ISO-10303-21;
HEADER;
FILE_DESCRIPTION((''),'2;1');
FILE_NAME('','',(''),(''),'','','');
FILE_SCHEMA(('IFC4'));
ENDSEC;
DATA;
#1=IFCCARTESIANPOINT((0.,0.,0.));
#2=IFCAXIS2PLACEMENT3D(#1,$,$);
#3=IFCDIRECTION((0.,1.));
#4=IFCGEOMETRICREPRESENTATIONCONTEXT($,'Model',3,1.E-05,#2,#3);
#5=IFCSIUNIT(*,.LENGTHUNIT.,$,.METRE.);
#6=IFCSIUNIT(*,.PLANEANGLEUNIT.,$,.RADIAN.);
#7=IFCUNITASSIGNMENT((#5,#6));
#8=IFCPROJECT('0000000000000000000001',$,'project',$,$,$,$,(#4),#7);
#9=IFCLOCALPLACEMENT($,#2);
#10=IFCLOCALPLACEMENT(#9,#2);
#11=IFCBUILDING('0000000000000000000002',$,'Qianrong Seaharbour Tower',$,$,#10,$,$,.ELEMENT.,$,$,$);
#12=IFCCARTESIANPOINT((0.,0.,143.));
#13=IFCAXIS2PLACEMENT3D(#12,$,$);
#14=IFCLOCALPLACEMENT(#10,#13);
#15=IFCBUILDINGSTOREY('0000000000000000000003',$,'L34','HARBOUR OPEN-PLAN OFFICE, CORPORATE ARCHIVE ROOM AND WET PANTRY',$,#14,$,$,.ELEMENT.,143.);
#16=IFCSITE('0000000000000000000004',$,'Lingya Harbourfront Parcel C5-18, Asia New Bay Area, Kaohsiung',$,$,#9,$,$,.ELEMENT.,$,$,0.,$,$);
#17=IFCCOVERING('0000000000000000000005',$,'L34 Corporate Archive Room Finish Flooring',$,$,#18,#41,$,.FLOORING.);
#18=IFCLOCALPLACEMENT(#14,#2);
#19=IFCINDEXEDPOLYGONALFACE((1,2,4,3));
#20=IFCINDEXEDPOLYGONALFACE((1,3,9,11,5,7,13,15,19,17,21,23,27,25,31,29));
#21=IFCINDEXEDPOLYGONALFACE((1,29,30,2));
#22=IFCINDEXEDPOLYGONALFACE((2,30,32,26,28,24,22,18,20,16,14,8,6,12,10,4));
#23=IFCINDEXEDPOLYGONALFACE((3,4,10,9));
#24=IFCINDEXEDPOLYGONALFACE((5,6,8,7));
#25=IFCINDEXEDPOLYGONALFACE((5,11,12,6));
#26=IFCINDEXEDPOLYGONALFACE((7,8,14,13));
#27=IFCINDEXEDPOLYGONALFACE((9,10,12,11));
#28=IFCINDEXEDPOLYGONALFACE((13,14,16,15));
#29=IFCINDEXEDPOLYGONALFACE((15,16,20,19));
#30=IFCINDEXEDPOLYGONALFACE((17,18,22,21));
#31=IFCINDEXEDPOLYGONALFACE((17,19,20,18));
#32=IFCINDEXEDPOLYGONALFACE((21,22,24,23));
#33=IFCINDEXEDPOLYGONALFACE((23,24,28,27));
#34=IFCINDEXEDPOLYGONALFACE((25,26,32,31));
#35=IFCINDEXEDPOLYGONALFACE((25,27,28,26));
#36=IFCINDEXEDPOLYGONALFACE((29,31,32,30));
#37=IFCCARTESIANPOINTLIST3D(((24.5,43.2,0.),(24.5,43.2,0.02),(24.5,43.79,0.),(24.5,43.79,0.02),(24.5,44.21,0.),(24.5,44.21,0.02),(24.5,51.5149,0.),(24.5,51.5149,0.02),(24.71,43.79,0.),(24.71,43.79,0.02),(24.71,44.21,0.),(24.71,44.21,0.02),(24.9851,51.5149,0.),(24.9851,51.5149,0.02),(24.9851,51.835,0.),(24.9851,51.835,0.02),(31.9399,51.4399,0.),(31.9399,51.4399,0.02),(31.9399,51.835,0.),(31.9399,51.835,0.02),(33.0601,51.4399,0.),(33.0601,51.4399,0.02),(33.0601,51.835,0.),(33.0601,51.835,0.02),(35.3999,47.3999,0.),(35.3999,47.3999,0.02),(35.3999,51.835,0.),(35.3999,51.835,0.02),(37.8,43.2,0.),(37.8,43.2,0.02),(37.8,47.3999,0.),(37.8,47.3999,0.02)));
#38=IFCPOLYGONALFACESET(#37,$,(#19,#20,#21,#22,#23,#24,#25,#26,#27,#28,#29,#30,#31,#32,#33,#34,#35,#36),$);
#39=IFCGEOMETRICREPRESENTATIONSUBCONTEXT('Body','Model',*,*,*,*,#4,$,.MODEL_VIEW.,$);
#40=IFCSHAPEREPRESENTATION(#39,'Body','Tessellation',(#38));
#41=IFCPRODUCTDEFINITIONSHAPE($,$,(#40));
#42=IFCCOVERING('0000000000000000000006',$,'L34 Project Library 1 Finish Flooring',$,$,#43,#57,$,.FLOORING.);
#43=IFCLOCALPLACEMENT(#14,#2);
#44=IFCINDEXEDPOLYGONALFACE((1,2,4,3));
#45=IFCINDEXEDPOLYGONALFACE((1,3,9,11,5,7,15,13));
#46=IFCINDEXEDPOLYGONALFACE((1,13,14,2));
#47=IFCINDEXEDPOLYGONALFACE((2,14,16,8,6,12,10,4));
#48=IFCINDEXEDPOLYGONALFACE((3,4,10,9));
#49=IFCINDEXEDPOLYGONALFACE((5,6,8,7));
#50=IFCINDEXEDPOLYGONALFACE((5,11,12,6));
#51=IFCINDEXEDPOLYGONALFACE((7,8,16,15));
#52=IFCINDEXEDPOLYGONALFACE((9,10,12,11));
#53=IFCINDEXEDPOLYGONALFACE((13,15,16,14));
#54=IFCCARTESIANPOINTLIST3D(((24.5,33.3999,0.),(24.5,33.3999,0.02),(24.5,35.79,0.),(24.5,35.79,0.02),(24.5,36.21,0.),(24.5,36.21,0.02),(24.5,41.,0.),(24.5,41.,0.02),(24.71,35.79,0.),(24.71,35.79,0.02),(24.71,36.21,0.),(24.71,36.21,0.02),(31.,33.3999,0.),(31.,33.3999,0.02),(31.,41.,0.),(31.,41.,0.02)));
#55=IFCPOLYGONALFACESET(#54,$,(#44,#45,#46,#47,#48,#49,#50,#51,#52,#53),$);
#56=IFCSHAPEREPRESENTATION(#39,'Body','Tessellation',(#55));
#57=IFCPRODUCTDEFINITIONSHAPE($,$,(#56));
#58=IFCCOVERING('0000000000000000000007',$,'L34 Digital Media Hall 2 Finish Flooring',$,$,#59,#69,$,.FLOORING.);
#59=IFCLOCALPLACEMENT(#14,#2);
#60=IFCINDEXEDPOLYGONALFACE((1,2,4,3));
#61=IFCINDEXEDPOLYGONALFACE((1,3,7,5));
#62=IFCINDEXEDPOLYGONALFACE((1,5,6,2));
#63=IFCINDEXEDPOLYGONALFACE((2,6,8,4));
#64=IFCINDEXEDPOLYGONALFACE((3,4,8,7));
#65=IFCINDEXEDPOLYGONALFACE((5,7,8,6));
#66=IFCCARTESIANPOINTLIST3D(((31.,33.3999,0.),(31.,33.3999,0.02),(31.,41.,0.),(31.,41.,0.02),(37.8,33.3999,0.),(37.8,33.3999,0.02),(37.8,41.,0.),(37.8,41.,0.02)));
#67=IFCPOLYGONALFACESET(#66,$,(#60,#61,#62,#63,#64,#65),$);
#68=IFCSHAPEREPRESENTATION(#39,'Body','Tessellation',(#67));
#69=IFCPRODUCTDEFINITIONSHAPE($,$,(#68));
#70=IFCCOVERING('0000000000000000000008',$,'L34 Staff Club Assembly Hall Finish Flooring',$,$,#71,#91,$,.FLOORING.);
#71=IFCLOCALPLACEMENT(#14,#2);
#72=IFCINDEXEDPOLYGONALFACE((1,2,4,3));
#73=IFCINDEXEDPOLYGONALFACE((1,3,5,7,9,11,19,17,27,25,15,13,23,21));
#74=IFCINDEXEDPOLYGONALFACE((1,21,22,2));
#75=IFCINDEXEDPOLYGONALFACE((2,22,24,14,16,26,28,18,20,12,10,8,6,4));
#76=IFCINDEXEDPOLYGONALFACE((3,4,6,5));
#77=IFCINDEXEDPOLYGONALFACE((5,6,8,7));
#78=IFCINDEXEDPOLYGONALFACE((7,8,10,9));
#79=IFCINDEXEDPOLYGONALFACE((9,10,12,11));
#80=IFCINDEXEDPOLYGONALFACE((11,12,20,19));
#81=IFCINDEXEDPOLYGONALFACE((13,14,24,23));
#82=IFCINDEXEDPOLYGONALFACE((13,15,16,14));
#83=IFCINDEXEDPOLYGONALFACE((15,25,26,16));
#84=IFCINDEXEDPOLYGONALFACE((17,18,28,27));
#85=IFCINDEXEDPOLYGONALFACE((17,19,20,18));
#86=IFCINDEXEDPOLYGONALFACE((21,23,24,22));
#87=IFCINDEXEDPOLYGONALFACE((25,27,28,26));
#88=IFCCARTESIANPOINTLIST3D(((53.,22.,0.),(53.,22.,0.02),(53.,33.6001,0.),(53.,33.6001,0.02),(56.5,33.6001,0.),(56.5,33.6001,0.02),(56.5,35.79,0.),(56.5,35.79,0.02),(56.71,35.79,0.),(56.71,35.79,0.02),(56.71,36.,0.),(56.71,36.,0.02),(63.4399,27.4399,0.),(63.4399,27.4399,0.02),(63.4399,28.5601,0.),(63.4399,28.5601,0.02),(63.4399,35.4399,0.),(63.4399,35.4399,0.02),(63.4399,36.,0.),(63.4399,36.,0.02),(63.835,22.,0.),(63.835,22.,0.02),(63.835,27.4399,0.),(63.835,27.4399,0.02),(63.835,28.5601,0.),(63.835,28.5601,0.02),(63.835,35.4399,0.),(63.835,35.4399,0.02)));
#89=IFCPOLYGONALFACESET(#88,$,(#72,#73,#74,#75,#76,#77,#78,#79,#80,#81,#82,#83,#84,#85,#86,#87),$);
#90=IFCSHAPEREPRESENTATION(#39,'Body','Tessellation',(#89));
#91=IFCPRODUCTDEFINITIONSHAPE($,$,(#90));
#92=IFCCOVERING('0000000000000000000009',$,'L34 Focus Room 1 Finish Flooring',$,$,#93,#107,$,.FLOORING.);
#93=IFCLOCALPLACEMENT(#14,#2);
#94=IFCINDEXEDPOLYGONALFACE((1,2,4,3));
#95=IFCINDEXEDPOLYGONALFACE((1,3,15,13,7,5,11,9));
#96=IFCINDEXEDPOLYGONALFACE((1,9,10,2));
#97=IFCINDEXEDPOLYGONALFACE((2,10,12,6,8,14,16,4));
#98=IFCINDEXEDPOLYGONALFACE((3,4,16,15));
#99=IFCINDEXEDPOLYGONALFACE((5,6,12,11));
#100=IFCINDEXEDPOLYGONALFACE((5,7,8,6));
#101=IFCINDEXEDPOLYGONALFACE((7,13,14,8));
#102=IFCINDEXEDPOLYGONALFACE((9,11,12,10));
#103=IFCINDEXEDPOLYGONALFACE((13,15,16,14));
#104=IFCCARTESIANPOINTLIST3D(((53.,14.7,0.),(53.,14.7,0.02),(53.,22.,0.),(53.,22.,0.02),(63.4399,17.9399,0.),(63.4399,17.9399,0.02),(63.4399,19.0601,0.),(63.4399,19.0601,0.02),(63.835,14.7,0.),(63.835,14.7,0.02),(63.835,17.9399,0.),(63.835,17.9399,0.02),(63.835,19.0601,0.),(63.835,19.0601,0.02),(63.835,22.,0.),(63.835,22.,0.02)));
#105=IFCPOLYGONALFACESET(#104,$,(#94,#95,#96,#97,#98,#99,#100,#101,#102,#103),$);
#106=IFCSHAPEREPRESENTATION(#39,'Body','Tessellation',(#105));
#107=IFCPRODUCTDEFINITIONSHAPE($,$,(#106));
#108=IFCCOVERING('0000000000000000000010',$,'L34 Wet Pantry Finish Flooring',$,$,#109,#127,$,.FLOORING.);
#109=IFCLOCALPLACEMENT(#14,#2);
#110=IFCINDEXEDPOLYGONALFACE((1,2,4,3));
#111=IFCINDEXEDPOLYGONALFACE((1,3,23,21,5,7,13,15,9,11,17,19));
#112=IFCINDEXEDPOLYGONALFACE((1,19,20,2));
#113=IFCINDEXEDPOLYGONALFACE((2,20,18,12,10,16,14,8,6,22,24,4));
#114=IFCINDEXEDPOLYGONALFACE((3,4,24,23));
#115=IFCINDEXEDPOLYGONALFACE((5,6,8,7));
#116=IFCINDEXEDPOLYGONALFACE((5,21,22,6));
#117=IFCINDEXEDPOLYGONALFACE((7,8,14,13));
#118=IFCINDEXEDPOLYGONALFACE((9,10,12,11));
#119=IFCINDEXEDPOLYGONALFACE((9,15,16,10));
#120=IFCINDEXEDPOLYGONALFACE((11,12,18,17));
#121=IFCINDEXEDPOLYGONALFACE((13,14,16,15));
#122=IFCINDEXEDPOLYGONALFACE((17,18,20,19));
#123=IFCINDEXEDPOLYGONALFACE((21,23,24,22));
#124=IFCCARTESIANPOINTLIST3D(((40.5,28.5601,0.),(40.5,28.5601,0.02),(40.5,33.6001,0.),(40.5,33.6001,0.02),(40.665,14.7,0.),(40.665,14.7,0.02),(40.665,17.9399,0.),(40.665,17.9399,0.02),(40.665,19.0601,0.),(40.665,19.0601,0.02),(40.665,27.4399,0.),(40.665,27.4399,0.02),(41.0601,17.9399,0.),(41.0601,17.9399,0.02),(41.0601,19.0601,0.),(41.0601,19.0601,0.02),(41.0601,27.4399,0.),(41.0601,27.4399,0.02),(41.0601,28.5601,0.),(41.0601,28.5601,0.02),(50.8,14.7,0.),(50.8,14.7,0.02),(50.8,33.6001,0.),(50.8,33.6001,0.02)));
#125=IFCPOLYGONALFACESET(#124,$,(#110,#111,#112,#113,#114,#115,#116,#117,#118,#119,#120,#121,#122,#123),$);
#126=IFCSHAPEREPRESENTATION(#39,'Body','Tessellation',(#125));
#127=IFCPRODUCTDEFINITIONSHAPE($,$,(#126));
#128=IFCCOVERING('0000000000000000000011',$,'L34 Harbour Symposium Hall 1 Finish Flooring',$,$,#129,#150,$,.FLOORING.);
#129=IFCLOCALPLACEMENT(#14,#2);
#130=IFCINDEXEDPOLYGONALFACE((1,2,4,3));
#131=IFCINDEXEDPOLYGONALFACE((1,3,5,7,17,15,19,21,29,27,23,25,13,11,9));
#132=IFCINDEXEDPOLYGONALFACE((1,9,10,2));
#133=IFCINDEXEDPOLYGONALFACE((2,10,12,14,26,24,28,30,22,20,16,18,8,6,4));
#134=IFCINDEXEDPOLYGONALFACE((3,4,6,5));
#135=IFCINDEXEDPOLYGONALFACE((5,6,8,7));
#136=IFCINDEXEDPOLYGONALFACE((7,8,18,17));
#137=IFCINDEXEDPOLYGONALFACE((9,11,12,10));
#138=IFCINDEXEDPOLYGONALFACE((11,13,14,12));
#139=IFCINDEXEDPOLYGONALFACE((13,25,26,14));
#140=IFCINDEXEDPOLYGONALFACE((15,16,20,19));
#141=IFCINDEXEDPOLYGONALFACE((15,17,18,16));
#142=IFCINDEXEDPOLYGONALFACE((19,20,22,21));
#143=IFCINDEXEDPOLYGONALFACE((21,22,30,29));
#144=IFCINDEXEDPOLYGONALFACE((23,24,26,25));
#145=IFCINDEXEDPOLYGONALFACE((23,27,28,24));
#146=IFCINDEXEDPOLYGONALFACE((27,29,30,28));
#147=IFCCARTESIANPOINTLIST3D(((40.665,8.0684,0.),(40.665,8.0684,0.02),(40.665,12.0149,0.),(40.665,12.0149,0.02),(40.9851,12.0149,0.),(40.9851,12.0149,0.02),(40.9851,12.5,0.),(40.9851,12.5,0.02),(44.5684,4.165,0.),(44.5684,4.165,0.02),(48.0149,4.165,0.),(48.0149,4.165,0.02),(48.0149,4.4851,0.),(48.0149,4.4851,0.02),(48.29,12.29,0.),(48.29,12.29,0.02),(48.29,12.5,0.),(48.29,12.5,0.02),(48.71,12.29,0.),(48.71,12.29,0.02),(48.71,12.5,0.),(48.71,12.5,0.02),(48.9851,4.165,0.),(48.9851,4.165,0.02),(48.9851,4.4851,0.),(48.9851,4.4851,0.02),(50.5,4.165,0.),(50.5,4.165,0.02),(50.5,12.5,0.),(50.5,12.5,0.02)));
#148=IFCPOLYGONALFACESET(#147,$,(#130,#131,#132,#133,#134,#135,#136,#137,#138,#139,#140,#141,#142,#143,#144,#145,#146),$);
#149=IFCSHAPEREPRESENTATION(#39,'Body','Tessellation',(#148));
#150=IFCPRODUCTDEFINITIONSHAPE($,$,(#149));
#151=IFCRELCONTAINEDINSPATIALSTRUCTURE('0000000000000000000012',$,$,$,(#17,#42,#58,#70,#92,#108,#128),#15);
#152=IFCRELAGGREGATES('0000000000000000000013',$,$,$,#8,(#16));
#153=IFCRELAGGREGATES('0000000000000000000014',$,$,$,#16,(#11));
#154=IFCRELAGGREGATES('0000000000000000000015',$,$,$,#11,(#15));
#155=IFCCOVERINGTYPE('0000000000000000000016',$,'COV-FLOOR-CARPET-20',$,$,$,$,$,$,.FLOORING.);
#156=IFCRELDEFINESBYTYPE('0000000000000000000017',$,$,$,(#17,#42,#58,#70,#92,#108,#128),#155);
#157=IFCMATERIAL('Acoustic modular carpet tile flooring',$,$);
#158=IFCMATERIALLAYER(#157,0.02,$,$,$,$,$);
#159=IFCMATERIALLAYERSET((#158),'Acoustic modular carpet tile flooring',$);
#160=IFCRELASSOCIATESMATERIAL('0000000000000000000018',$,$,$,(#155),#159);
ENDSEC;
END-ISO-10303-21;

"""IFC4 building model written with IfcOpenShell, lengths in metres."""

from ifc_helpers import new_model, si_unit, direction, frame, origin, place, context, subcontext, project, spatial, polyline, outline, extrude, material, layer, layer_set, type_object, element, save


model = new_model("IFC4")

# Units and contexts
model_context = context("Model", 3, precision=1e-05, world=origin(), true_north=direction((0.0, 1.0)))
body_context = subcontext(model_context, "Body", "Model", "MODEL_VIEW")
ifc_project = project(units=[si_unit("LENGTHUNIT", "METRE"), si_unit("PLANEANGLEUNIT", "RADIAN")], contexts=[model_context])

# Site, building, storey
site_placement = place(None, origin())
site = spatial("IfcSite", under=ifc_project, at=site_placement, Name="Lingya Harbourfront Parcel C5-18, Asia New Bay Area, Kaohsiung", CompositionType="ELEMENT", RefElevation=0.0)
building_placement = place(site_placement, origin())
building = spatial("IfcBuilding", under=site, at=building_placement, Name="Qianrong Seaharbour Tower", CompositionType="ELEMENT")
storey_placement = place(building_placement, frame((0.0, 0.0, 143.0)))
storey = spatial("IfcBuildingStorey", under=building, at=storey_placement, Name="L34", Description="HARBOUR OPEN-PLAN OFFICE, CORPORATE ARCHIVE ROOM AND WET PANTRY", CompositionType="ELEMENT", Elevation=143.0)

# Coverings
ifc_material_1 = material(Name="Acoustic modular carpet tile flooring")
ifc_layer_1 = layer(ifc_material_1, 0.02)
ifc_layer_set_1 = layer_set([ifc_layer_1], Name="Acoustic modular carpet tile flooring")
covering_type_1 = type_object("IfcCoveringType", Name="COV-FLOOR-CARPET-20", PredefinedType="FLOORING", material=ifc_layer_set_1)
covering_1_placement = place(storey_placement, origin())
element("IfcCovering", 1, at=covering_1_placement, inside=storey, type_object=covering_type_1, Name="L34 Corporate Archive Room Finish Flooring", PredefinedType="FLOORING", context=body_context, shape_type="SweptSolid", body=[
    extrude(outline(polyline([(24.5, 43.79), (24.71, 43.79), (24.71, 44.21), (24.5, 44.21), (24.5, 51.5149), (24.9851, 51.5149), (24.9851, 51.835), (31.9399, 51.835), (31.9399, 51.4399), (33.0601, 51.4399), (33.0601, 51.835), (35.3999, 51.835), (35.3999, 47.3999), (37.8, 47.3999), (37.8, 43.2), (24.5, 43.2), (24.5, 43.79)])), origin(), (0.0, 0.0, 1.0), 0.02),
])
covering_2_placement = place(storey_placement, origin())
element("IfcCovering", 2, at=covering_2_placement, inside=storey, type_object=covering_type_1, Name="L34 Project Library 1 Finish Flooring", PredefinedType="FLOORING", context=body_context, shape_type="SweptSolid", body=[
    extrude(outline(polyline([(24.5, 33.3999), (24.5, 35.79), (24.71, 35.79), (24.71, 36.21), (24.5, 36.21), (24.5, 41.0), (31.0, 41.0), (31.0, 33.3999), (24.5, 33.3999)])), origin(), (0.0, 0.0, 1.0), 0.02),
])
covering_3_placement = place(storey_placement, origin())
element("IfcCovering", 3, at=covering_3_placement, inside=storey, type_object=covering_type_1, Name="L34 Digital Media Hall 2 Finish Flooring", PredefinedType="FLOORING", context=body_context, shape_type="SweptSolid", body=[
    extrude(outline(polyline([(31.0, 33.3999), (31.0, 41.0), (37.8, 41.0), (37.8, 33.3999), (31.0, 33.3999)])), origin(), (0.0, 0.0, 1.0), 0.02),
])
covering_4_placement = place(storey_placement, origin())
element("IfcCovering", 4, at=covering_4_placement, inside=storey, type_object=covering_type_1, Name="L34 Staff Club Assembly Hall Finish Flooring", PredefinedType="FLOORING", context=body_context, shape_type="SweptSolid", body=[
    extrude(outline(polyline([(56.5, 33.6001), (56.5, 35.79), (56.71, 35.79), (56.71, 36.0), (63.4399, 36.0), (63.4399, 35.4399), (63.835, 35.4399), (63.835, 28.5601), (63.4399, 28.5601), (63.4399, 27.4399), (63.835, 27.4399), (63.835, 22.0), (53.0, 22.0), (53.0, 33.6001), (56.5, 33.6001)])), origin(), (0.0, 0.0, 1.0), 0.02),
])
covering_5_placement = place(storey_placement, origin())
element("IfcCovering", 5, at=covering_5_placement, inside=storey, type_object=covering_type_1, Name="L34 Focus Room 1 Finish Flooring", PredefinedType="FLOORING", context=body_context, shape_type="SweptSolid", body=[
    extrude(outline(polyline([(63.835, 22.0), (63.835, 19.0601), (63.4399, 19.0601), (63.4399, 17.9399), (63.835, 17.9399), (63.835, 14.7), (53.0, 14.7), (53.0, 22.0), (63.835, 22.0)])), origin(), (0.0, 0.0, 1.0), 0.02),
])
covering_6_placement = place(storey_placement, origin())
element("IfcCovering", 6, at=covering_6_placement, inside=storey, type_object=covering_type_1, Name="L34 Wet Pantry Finish Flooring", PredefinedType="FLOORING", context=body_context, shape_type="SweptSolid", body=[
    extrude(outline(polyline([(50.8, 14.7), (40.665, 14.7), (40.665, 17.9399), (41.0601, 17.9399), (41.0601, 19.0601), (40.665, 19.0601), (40.665, 27.4399), (41.0601, 27.4399), (41.0601, 28.5601), (40.5, 28.5601), (40.5, 33.6001), (50.8, 33.6001), (50.8, 14.7)])), origin(), (0.0, 0.0, 1.0), 0.02),
])
covering_7_placement = place(storey_placement, origin())
element("IfcCovering", 7, at=covering_7_placement, inside=storey, type_object=covering_type_1, Name="L34 Harbour Symposium Hall 1 Finish Flooring", PredefinedType="FLOORING", context=body_context, shape_type="SweptSolid", body=[
    extrude(outline(polyline([(48.9851, 4.165), (48.9851, 4.4851), (48.0149, 4.4851), (48.0149, 4.165), (44.5684, 4.165), (40.665, 8.0684), (40.665, 12.0149), (40.9851, 12.0149), (40.9851, 12.5), (48.29, 12.5), (48.29, 12.29), (48.71, 12.29), (48.71, 12.5), (50.5, 12.5), (50.5, 4.165), (48.9851, 4.165)])), origin(), (0.0, 0.0, 1.0), 0.02),
])

save(model, "model.ifc")
